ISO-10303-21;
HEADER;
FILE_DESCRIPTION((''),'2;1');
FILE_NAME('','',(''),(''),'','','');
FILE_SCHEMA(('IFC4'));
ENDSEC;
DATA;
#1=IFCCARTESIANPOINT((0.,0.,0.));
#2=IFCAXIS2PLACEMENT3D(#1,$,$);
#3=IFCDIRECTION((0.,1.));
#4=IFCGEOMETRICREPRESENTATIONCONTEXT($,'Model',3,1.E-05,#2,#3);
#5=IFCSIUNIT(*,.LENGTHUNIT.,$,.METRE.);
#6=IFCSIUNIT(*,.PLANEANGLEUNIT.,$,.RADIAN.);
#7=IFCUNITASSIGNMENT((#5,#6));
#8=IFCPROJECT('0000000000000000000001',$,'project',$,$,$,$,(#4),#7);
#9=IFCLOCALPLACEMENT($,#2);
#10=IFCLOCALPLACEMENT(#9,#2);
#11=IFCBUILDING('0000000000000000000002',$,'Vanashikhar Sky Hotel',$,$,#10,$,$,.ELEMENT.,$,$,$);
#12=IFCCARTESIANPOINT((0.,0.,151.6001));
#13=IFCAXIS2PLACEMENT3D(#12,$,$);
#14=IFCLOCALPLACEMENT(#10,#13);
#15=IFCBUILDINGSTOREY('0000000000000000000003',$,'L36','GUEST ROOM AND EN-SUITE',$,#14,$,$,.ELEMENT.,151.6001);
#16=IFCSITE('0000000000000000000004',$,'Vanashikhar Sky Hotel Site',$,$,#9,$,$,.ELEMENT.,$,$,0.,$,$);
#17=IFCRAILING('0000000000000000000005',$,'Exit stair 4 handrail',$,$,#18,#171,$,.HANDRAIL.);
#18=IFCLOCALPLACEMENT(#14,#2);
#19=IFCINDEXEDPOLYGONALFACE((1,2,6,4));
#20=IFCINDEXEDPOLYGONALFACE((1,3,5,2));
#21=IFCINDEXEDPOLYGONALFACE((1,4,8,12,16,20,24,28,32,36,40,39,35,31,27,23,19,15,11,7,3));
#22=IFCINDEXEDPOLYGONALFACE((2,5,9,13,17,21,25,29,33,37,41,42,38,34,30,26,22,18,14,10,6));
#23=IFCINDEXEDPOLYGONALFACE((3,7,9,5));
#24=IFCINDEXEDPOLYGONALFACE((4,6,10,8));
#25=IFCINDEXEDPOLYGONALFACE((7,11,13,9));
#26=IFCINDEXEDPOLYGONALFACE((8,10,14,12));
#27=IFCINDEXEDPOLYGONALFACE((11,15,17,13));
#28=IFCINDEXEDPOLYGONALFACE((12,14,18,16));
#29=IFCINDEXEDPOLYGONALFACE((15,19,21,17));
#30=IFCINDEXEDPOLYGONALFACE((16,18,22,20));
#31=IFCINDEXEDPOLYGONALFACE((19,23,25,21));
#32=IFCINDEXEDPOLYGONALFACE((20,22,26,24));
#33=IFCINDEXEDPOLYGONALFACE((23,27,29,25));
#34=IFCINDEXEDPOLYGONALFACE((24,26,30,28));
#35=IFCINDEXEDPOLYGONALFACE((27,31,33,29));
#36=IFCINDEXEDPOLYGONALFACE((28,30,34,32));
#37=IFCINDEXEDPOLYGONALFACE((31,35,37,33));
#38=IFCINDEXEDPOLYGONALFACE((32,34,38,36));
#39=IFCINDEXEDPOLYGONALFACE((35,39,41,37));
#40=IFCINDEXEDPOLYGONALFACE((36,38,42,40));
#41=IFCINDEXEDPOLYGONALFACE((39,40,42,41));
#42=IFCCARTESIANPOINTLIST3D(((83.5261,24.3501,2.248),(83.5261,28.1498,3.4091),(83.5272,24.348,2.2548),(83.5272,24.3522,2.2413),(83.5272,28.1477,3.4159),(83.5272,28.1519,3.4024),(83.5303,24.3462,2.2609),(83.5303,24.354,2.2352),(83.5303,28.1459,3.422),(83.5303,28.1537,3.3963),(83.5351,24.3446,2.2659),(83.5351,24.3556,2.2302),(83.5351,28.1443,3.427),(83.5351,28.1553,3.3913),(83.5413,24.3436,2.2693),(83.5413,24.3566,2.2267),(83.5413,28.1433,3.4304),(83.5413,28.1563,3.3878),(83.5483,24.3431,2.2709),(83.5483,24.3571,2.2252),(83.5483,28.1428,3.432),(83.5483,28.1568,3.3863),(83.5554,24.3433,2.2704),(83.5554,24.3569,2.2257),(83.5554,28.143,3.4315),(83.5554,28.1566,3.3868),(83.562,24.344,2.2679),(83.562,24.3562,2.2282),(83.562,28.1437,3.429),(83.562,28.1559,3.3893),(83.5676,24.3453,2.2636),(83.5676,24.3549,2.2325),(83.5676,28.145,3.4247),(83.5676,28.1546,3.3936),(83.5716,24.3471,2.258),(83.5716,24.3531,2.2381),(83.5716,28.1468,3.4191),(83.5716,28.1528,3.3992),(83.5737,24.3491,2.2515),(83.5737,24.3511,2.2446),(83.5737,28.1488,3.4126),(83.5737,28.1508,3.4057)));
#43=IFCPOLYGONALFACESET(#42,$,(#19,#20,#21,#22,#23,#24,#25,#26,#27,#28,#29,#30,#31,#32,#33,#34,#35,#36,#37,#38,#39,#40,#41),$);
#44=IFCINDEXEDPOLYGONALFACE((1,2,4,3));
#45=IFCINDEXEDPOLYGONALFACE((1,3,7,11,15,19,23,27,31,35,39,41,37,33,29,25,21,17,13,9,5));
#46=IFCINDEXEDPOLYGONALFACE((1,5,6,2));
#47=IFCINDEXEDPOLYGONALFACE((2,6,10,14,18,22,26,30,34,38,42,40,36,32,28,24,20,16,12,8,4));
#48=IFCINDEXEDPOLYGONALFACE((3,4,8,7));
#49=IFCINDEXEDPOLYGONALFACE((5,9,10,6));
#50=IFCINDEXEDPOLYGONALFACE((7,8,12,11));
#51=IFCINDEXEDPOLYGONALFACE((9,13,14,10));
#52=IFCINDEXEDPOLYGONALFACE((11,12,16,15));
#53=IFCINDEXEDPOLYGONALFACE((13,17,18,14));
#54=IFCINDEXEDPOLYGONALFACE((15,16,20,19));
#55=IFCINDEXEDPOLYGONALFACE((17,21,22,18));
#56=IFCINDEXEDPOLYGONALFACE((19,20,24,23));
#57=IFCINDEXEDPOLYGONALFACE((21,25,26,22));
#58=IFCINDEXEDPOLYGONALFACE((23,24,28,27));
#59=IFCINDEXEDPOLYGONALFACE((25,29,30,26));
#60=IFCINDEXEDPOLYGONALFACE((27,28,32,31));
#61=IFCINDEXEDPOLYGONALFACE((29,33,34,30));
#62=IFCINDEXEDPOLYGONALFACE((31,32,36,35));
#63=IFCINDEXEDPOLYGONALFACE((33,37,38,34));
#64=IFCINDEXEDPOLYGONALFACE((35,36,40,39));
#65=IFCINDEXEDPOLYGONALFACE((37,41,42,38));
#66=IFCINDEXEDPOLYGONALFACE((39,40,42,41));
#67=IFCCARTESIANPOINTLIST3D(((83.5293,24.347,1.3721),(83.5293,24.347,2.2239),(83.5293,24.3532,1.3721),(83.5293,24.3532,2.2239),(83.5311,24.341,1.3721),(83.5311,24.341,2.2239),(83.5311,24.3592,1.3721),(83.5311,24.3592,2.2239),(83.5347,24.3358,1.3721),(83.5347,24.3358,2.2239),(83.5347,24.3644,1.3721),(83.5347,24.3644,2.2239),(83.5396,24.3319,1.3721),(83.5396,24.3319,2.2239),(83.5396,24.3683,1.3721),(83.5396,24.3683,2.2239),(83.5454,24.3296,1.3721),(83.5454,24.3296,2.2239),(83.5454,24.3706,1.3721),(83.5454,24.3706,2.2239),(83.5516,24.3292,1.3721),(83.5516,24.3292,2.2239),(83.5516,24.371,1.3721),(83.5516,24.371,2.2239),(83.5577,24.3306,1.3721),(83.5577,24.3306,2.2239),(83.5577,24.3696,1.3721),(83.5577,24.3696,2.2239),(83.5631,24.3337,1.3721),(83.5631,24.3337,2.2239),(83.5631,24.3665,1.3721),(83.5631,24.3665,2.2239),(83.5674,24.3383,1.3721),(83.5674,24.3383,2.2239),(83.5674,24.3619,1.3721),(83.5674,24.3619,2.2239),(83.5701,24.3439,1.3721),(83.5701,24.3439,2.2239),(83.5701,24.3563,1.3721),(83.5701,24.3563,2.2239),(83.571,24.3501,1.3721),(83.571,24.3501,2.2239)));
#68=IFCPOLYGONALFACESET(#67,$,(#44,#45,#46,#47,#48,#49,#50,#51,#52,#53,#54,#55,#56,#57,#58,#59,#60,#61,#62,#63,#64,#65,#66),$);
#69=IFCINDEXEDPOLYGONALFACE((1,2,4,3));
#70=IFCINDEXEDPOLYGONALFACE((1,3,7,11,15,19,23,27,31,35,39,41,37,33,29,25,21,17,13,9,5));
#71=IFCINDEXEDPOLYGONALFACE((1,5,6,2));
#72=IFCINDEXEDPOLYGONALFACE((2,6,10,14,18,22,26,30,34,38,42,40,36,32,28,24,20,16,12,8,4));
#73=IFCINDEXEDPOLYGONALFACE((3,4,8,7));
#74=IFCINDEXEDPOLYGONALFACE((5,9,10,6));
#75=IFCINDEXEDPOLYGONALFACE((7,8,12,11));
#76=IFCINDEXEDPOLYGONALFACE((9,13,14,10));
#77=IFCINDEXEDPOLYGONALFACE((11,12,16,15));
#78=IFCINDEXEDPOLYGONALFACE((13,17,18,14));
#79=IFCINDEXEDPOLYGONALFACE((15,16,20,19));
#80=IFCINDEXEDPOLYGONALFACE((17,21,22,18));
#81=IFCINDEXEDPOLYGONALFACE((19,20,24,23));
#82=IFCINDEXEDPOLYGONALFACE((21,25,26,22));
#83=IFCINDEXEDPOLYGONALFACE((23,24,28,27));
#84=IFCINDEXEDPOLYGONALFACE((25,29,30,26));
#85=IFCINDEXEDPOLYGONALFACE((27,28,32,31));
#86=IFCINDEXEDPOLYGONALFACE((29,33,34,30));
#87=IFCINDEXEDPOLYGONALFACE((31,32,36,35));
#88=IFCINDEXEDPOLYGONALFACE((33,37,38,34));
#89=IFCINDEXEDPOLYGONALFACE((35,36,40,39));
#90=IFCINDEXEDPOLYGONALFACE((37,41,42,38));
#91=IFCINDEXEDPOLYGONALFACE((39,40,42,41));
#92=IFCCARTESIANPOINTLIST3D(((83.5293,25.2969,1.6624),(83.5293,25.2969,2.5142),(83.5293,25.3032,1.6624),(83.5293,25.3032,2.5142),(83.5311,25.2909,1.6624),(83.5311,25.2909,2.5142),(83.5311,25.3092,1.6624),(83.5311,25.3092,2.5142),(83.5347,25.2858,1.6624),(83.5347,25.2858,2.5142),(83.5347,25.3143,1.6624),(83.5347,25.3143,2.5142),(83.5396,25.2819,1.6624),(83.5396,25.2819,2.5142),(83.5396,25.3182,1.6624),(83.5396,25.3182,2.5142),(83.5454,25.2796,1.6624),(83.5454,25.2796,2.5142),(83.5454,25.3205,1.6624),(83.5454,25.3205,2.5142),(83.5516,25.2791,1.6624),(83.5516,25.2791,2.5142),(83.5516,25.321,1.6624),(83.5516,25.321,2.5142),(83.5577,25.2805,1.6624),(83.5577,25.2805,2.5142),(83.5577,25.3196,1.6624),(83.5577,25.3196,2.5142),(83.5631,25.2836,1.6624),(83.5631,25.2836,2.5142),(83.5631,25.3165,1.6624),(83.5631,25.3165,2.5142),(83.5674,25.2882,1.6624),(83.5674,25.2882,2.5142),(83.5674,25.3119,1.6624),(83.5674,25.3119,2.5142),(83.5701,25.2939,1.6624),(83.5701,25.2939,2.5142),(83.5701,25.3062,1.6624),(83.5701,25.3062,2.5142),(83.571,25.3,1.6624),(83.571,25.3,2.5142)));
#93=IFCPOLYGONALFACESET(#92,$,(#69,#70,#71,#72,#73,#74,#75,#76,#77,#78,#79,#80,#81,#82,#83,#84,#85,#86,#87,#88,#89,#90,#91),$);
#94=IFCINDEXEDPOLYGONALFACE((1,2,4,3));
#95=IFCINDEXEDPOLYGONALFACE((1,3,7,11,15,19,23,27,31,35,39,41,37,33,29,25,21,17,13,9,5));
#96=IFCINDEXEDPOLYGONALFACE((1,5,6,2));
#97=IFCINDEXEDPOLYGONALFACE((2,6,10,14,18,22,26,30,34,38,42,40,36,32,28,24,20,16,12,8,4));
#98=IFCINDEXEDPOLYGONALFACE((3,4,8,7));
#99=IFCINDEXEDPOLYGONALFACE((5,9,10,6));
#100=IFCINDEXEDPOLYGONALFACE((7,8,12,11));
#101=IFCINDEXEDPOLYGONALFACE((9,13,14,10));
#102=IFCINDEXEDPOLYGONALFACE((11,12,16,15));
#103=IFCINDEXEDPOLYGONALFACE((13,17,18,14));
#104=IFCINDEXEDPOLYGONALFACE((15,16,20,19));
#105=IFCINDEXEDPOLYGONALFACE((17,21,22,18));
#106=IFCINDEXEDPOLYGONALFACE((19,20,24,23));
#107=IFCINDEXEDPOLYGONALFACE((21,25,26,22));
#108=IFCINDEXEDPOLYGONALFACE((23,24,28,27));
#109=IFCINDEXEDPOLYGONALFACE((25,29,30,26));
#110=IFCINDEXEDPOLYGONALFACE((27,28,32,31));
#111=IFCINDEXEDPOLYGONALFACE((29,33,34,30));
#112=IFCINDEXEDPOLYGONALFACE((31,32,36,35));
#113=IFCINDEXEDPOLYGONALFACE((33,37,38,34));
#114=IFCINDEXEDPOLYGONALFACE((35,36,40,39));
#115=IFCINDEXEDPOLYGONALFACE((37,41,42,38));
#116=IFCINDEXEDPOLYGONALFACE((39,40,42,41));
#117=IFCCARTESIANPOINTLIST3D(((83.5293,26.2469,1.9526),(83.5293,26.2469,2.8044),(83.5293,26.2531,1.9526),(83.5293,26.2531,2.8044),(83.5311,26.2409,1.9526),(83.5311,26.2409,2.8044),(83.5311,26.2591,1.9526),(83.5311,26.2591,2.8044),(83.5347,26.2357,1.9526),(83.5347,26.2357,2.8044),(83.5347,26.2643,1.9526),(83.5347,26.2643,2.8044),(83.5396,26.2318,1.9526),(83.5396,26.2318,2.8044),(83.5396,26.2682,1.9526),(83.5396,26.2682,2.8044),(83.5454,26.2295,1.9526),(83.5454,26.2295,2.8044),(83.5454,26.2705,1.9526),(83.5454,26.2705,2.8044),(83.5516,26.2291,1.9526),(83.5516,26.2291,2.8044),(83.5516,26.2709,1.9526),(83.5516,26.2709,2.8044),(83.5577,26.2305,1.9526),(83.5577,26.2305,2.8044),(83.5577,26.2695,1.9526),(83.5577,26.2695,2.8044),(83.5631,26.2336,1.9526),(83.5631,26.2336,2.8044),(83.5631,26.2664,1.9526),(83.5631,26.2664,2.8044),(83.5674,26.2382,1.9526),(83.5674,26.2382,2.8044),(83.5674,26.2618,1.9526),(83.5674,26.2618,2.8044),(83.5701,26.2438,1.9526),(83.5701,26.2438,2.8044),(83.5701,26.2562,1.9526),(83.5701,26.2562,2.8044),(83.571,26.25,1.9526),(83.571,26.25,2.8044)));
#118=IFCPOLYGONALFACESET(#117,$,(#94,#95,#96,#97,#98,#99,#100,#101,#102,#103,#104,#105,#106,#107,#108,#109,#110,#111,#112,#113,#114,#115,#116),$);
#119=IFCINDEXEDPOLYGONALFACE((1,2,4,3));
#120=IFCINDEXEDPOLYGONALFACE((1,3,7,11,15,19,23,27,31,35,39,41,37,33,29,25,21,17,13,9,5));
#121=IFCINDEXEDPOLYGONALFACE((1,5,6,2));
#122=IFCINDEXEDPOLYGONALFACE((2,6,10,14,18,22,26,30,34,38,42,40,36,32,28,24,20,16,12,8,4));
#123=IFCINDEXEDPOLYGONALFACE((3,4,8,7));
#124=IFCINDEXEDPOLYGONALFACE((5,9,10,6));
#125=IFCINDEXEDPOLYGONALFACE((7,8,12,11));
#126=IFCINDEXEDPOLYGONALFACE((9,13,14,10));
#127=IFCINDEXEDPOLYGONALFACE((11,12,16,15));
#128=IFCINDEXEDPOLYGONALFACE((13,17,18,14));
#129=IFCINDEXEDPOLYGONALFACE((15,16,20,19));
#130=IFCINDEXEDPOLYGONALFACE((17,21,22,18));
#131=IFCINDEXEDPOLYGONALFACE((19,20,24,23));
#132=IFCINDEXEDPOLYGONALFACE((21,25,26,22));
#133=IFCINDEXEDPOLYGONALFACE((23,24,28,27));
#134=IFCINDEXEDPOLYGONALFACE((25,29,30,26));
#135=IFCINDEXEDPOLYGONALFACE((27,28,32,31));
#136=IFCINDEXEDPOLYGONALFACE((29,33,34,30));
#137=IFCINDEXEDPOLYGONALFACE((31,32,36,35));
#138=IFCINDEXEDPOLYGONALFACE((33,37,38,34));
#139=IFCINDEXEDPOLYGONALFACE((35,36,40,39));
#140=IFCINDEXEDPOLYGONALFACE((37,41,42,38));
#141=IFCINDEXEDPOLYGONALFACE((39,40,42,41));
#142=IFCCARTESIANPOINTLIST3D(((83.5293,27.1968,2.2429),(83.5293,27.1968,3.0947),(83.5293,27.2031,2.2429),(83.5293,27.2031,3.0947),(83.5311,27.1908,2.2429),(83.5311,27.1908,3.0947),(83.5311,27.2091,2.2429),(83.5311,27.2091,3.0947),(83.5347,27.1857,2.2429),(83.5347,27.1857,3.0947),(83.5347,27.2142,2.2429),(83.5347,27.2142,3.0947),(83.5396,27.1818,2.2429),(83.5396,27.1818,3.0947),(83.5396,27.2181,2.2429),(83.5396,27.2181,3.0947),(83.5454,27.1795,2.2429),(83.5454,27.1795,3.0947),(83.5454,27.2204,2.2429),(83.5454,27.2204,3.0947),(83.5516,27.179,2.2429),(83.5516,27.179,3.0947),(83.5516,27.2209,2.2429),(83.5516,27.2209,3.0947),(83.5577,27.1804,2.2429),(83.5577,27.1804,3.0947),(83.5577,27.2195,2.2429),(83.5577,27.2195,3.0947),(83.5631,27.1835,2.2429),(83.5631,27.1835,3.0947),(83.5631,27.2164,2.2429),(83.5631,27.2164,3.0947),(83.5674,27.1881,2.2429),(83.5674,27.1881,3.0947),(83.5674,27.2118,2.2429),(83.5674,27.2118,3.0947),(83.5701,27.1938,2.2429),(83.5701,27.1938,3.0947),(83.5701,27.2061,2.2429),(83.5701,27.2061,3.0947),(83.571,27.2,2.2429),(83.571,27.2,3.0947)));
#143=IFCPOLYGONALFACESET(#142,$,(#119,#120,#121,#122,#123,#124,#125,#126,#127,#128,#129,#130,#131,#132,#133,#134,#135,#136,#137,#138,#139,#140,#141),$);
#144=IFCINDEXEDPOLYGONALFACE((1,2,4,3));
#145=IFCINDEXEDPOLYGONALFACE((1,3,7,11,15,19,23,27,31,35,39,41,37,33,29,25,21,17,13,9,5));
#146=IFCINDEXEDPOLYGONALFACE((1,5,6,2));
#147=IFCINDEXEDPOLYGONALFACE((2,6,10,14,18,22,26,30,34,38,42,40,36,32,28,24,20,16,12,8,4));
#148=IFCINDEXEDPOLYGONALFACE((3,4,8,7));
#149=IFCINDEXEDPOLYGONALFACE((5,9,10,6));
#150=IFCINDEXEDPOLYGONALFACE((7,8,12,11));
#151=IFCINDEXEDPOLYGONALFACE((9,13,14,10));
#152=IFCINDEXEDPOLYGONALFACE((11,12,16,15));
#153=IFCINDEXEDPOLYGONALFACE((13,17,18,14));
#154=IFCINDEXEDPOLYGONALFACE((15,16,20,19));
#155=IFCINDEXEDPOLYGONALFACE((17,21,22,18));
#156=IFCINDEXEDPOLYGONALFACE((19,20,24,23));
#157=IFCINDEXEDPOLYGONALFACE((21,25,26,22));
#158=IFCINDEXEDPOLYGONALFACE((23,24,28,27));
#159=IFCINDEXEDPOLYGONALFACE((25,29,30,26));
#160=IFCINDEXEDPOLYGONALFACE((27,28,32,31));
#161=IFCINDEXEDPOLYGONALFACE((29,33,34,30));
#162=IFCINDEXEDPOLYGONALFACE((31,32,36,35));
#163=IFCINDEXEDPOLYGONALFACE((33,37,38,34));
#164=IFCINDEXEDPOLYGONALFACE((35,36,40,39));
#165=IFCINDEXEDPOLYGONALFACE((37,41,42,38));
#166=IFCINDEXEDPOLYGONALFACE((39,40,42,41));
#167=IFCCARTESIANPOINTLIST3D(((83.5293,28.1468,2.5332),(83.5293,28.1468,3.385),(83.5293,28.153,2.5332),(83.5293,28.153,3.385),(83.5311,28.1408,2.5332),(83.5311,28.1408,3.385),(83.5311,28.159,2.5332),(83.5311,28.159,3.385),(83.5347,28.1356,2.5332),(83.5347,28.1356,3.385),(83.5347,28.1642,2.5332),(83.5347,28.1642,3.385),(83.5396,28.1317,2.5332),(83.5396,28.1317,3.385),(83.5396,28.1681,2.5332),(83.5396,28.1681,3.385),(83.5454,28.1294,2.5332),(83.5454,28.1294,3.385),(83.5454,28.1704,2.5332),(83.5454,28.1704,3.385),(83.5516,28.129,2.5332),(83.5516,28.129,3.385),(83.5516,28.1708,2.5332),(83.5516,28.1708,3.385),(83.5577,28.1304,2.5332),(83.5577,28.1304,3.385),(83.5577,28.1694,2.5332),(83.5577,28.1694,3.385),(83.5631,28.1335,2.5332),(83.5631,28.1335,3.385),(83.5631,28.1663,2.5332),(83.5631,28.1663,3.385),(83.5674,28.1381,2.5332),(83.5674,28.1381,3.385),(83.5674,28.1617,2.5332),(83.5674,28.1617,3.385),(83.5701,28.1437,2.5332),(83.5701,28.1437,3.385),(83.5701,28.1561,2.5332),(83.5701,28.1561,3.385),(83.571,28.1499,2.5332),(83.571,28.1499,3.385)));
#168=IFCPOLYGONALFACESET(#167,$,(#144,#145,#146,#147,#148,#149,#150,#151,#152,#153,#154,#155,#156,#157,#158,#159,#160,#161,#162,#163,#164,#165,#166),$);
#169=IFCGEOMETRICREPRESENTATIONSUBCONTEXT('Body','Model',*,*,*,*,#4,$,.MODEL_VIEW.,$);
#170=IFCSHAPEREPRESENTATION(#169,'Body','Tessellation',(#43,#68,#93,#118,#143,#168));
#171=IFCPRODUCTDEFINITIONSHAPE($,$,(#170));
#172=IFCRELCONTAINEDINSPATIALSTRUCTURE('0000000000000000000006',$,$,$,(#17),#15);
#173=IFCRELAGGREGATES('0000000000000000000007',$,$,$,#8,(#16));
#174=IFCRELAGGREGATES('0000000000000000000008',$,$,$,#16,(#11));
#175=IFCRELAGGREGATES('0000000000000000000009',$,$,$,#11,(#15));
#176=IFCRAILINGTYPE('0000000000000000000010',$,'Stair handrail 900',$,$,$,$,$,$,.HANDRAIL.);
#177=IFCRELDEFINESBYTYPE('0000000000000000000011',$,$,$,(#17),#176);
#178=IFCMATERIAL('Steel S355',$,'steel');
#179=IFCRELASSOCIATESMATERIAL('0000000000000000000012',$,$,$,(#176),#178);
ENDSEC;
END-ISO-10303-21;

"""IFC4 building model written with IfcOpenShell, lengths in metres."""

from ifc_helpers import new_model, si_unit, direction, frame, origin, origin_2d, place, context, subcontext, project, spatial, circle, extrude, source, transform, mapped, material, type_object, element, save


model = new_model("IFC4")

# Units and contexts
model_context = context("Model", 3, precision=1e-05, world=origin(), true_north=direction((0.0, 1.0)))
body_context = subcontext(model_context, "Body", "Model", "MODEL_VIEW")
ifc_project = project(units=[si_unit("LENGTHUNIT", "METRE"), si_unit("PLANEANGLEUNIT", "RADIAN")], contexts=[model_context])

# Site, building, storey
site_placement = place(None, origin())
site = spatial("IfcSite", under=ifc_project, at=site_placement, Name="Vanashikhar Sky Hotel Site", CompositionType="ELEMENT", RefElevation=0.0)
building_placement = place(site_placement, origin())
building = spatial("IfcBuilding", under=site, at=building_placement, Name="Vanashikhar Sky Hotel", CompositionType="ELEMENT")
storey_placement = place(building_placement, frame((0.0, 0.0, 151.6001)))
storey = spatial("IfcBuildingStorey", under=building, at=storey_placement, Name="L36", Description="GUEST ROOM AND EN-SUITE", CompositionType="ELEMENT", Elevation=151.6001)

# Railing
ifc_material_1 = material(Name="Steel S355", Category="steel")
railing_type_1 = type_object("IfcRailingType", Name="Stair handrail 900", PredefinedType="HANDRAIL", material=ifc_material_1)
shared_shape_1 = source(origin(), body_context, "Body", "SweptSolid", [
    extrude(circle(Radius=0.0239, at=origin_2d()), frame((0.0, 0.0, 0.876), z_axis=(0.0, 0.956346, 0.292237), x_axis=(-1.0, 0.0, 0.0)), (0.0, 0.0, 1.0), 3.9731),
    extrude(circle(Radius=0.021, at=origin_2d()), origin(), (0.0, 0.0, 1.0), 0.8518),
    extrude(circle(Radius=0.021, at=origin_2d()), frame((0.0, 0.95, 0.2903)), (0.0, 0.0, 1.0), 0.8518),
    extrude(circle(Radius=0.021, at=origin_2d()), frame((0.0, 1.8999, 0.5806)), (0.0, 0.0, 1.0), 0.8518),
    extrude(circle(Radius=0.021, at=origin_2d()), frame((0.0, 2.8499, 0.8708)), (0.0, 0.0, 1.0), 0.8518),
    extrude(circle(Radius=0.021, at=origin_2d()), frame((0.0, 3.7998, 1.1611)), (0.0, 0.0, 1.0), 0.8518),
])
railing_1_placement = place(storey_placement, frame((83.55, 24.3501, 1.3721)))
element("IfcRailing", 1, at=railing_1_placement, inside=storey, type_object=railing_type_1, Name="Exit stair 4 handrail", PredefinedType="HANDRAIL", context=body_context, shape_type="MappedRepresentation", body=[
    mapped(shared_shape_1, transform((0.0, 0.0, 0.0), scale=1.0)),
])

save(model, "model.ifc")
